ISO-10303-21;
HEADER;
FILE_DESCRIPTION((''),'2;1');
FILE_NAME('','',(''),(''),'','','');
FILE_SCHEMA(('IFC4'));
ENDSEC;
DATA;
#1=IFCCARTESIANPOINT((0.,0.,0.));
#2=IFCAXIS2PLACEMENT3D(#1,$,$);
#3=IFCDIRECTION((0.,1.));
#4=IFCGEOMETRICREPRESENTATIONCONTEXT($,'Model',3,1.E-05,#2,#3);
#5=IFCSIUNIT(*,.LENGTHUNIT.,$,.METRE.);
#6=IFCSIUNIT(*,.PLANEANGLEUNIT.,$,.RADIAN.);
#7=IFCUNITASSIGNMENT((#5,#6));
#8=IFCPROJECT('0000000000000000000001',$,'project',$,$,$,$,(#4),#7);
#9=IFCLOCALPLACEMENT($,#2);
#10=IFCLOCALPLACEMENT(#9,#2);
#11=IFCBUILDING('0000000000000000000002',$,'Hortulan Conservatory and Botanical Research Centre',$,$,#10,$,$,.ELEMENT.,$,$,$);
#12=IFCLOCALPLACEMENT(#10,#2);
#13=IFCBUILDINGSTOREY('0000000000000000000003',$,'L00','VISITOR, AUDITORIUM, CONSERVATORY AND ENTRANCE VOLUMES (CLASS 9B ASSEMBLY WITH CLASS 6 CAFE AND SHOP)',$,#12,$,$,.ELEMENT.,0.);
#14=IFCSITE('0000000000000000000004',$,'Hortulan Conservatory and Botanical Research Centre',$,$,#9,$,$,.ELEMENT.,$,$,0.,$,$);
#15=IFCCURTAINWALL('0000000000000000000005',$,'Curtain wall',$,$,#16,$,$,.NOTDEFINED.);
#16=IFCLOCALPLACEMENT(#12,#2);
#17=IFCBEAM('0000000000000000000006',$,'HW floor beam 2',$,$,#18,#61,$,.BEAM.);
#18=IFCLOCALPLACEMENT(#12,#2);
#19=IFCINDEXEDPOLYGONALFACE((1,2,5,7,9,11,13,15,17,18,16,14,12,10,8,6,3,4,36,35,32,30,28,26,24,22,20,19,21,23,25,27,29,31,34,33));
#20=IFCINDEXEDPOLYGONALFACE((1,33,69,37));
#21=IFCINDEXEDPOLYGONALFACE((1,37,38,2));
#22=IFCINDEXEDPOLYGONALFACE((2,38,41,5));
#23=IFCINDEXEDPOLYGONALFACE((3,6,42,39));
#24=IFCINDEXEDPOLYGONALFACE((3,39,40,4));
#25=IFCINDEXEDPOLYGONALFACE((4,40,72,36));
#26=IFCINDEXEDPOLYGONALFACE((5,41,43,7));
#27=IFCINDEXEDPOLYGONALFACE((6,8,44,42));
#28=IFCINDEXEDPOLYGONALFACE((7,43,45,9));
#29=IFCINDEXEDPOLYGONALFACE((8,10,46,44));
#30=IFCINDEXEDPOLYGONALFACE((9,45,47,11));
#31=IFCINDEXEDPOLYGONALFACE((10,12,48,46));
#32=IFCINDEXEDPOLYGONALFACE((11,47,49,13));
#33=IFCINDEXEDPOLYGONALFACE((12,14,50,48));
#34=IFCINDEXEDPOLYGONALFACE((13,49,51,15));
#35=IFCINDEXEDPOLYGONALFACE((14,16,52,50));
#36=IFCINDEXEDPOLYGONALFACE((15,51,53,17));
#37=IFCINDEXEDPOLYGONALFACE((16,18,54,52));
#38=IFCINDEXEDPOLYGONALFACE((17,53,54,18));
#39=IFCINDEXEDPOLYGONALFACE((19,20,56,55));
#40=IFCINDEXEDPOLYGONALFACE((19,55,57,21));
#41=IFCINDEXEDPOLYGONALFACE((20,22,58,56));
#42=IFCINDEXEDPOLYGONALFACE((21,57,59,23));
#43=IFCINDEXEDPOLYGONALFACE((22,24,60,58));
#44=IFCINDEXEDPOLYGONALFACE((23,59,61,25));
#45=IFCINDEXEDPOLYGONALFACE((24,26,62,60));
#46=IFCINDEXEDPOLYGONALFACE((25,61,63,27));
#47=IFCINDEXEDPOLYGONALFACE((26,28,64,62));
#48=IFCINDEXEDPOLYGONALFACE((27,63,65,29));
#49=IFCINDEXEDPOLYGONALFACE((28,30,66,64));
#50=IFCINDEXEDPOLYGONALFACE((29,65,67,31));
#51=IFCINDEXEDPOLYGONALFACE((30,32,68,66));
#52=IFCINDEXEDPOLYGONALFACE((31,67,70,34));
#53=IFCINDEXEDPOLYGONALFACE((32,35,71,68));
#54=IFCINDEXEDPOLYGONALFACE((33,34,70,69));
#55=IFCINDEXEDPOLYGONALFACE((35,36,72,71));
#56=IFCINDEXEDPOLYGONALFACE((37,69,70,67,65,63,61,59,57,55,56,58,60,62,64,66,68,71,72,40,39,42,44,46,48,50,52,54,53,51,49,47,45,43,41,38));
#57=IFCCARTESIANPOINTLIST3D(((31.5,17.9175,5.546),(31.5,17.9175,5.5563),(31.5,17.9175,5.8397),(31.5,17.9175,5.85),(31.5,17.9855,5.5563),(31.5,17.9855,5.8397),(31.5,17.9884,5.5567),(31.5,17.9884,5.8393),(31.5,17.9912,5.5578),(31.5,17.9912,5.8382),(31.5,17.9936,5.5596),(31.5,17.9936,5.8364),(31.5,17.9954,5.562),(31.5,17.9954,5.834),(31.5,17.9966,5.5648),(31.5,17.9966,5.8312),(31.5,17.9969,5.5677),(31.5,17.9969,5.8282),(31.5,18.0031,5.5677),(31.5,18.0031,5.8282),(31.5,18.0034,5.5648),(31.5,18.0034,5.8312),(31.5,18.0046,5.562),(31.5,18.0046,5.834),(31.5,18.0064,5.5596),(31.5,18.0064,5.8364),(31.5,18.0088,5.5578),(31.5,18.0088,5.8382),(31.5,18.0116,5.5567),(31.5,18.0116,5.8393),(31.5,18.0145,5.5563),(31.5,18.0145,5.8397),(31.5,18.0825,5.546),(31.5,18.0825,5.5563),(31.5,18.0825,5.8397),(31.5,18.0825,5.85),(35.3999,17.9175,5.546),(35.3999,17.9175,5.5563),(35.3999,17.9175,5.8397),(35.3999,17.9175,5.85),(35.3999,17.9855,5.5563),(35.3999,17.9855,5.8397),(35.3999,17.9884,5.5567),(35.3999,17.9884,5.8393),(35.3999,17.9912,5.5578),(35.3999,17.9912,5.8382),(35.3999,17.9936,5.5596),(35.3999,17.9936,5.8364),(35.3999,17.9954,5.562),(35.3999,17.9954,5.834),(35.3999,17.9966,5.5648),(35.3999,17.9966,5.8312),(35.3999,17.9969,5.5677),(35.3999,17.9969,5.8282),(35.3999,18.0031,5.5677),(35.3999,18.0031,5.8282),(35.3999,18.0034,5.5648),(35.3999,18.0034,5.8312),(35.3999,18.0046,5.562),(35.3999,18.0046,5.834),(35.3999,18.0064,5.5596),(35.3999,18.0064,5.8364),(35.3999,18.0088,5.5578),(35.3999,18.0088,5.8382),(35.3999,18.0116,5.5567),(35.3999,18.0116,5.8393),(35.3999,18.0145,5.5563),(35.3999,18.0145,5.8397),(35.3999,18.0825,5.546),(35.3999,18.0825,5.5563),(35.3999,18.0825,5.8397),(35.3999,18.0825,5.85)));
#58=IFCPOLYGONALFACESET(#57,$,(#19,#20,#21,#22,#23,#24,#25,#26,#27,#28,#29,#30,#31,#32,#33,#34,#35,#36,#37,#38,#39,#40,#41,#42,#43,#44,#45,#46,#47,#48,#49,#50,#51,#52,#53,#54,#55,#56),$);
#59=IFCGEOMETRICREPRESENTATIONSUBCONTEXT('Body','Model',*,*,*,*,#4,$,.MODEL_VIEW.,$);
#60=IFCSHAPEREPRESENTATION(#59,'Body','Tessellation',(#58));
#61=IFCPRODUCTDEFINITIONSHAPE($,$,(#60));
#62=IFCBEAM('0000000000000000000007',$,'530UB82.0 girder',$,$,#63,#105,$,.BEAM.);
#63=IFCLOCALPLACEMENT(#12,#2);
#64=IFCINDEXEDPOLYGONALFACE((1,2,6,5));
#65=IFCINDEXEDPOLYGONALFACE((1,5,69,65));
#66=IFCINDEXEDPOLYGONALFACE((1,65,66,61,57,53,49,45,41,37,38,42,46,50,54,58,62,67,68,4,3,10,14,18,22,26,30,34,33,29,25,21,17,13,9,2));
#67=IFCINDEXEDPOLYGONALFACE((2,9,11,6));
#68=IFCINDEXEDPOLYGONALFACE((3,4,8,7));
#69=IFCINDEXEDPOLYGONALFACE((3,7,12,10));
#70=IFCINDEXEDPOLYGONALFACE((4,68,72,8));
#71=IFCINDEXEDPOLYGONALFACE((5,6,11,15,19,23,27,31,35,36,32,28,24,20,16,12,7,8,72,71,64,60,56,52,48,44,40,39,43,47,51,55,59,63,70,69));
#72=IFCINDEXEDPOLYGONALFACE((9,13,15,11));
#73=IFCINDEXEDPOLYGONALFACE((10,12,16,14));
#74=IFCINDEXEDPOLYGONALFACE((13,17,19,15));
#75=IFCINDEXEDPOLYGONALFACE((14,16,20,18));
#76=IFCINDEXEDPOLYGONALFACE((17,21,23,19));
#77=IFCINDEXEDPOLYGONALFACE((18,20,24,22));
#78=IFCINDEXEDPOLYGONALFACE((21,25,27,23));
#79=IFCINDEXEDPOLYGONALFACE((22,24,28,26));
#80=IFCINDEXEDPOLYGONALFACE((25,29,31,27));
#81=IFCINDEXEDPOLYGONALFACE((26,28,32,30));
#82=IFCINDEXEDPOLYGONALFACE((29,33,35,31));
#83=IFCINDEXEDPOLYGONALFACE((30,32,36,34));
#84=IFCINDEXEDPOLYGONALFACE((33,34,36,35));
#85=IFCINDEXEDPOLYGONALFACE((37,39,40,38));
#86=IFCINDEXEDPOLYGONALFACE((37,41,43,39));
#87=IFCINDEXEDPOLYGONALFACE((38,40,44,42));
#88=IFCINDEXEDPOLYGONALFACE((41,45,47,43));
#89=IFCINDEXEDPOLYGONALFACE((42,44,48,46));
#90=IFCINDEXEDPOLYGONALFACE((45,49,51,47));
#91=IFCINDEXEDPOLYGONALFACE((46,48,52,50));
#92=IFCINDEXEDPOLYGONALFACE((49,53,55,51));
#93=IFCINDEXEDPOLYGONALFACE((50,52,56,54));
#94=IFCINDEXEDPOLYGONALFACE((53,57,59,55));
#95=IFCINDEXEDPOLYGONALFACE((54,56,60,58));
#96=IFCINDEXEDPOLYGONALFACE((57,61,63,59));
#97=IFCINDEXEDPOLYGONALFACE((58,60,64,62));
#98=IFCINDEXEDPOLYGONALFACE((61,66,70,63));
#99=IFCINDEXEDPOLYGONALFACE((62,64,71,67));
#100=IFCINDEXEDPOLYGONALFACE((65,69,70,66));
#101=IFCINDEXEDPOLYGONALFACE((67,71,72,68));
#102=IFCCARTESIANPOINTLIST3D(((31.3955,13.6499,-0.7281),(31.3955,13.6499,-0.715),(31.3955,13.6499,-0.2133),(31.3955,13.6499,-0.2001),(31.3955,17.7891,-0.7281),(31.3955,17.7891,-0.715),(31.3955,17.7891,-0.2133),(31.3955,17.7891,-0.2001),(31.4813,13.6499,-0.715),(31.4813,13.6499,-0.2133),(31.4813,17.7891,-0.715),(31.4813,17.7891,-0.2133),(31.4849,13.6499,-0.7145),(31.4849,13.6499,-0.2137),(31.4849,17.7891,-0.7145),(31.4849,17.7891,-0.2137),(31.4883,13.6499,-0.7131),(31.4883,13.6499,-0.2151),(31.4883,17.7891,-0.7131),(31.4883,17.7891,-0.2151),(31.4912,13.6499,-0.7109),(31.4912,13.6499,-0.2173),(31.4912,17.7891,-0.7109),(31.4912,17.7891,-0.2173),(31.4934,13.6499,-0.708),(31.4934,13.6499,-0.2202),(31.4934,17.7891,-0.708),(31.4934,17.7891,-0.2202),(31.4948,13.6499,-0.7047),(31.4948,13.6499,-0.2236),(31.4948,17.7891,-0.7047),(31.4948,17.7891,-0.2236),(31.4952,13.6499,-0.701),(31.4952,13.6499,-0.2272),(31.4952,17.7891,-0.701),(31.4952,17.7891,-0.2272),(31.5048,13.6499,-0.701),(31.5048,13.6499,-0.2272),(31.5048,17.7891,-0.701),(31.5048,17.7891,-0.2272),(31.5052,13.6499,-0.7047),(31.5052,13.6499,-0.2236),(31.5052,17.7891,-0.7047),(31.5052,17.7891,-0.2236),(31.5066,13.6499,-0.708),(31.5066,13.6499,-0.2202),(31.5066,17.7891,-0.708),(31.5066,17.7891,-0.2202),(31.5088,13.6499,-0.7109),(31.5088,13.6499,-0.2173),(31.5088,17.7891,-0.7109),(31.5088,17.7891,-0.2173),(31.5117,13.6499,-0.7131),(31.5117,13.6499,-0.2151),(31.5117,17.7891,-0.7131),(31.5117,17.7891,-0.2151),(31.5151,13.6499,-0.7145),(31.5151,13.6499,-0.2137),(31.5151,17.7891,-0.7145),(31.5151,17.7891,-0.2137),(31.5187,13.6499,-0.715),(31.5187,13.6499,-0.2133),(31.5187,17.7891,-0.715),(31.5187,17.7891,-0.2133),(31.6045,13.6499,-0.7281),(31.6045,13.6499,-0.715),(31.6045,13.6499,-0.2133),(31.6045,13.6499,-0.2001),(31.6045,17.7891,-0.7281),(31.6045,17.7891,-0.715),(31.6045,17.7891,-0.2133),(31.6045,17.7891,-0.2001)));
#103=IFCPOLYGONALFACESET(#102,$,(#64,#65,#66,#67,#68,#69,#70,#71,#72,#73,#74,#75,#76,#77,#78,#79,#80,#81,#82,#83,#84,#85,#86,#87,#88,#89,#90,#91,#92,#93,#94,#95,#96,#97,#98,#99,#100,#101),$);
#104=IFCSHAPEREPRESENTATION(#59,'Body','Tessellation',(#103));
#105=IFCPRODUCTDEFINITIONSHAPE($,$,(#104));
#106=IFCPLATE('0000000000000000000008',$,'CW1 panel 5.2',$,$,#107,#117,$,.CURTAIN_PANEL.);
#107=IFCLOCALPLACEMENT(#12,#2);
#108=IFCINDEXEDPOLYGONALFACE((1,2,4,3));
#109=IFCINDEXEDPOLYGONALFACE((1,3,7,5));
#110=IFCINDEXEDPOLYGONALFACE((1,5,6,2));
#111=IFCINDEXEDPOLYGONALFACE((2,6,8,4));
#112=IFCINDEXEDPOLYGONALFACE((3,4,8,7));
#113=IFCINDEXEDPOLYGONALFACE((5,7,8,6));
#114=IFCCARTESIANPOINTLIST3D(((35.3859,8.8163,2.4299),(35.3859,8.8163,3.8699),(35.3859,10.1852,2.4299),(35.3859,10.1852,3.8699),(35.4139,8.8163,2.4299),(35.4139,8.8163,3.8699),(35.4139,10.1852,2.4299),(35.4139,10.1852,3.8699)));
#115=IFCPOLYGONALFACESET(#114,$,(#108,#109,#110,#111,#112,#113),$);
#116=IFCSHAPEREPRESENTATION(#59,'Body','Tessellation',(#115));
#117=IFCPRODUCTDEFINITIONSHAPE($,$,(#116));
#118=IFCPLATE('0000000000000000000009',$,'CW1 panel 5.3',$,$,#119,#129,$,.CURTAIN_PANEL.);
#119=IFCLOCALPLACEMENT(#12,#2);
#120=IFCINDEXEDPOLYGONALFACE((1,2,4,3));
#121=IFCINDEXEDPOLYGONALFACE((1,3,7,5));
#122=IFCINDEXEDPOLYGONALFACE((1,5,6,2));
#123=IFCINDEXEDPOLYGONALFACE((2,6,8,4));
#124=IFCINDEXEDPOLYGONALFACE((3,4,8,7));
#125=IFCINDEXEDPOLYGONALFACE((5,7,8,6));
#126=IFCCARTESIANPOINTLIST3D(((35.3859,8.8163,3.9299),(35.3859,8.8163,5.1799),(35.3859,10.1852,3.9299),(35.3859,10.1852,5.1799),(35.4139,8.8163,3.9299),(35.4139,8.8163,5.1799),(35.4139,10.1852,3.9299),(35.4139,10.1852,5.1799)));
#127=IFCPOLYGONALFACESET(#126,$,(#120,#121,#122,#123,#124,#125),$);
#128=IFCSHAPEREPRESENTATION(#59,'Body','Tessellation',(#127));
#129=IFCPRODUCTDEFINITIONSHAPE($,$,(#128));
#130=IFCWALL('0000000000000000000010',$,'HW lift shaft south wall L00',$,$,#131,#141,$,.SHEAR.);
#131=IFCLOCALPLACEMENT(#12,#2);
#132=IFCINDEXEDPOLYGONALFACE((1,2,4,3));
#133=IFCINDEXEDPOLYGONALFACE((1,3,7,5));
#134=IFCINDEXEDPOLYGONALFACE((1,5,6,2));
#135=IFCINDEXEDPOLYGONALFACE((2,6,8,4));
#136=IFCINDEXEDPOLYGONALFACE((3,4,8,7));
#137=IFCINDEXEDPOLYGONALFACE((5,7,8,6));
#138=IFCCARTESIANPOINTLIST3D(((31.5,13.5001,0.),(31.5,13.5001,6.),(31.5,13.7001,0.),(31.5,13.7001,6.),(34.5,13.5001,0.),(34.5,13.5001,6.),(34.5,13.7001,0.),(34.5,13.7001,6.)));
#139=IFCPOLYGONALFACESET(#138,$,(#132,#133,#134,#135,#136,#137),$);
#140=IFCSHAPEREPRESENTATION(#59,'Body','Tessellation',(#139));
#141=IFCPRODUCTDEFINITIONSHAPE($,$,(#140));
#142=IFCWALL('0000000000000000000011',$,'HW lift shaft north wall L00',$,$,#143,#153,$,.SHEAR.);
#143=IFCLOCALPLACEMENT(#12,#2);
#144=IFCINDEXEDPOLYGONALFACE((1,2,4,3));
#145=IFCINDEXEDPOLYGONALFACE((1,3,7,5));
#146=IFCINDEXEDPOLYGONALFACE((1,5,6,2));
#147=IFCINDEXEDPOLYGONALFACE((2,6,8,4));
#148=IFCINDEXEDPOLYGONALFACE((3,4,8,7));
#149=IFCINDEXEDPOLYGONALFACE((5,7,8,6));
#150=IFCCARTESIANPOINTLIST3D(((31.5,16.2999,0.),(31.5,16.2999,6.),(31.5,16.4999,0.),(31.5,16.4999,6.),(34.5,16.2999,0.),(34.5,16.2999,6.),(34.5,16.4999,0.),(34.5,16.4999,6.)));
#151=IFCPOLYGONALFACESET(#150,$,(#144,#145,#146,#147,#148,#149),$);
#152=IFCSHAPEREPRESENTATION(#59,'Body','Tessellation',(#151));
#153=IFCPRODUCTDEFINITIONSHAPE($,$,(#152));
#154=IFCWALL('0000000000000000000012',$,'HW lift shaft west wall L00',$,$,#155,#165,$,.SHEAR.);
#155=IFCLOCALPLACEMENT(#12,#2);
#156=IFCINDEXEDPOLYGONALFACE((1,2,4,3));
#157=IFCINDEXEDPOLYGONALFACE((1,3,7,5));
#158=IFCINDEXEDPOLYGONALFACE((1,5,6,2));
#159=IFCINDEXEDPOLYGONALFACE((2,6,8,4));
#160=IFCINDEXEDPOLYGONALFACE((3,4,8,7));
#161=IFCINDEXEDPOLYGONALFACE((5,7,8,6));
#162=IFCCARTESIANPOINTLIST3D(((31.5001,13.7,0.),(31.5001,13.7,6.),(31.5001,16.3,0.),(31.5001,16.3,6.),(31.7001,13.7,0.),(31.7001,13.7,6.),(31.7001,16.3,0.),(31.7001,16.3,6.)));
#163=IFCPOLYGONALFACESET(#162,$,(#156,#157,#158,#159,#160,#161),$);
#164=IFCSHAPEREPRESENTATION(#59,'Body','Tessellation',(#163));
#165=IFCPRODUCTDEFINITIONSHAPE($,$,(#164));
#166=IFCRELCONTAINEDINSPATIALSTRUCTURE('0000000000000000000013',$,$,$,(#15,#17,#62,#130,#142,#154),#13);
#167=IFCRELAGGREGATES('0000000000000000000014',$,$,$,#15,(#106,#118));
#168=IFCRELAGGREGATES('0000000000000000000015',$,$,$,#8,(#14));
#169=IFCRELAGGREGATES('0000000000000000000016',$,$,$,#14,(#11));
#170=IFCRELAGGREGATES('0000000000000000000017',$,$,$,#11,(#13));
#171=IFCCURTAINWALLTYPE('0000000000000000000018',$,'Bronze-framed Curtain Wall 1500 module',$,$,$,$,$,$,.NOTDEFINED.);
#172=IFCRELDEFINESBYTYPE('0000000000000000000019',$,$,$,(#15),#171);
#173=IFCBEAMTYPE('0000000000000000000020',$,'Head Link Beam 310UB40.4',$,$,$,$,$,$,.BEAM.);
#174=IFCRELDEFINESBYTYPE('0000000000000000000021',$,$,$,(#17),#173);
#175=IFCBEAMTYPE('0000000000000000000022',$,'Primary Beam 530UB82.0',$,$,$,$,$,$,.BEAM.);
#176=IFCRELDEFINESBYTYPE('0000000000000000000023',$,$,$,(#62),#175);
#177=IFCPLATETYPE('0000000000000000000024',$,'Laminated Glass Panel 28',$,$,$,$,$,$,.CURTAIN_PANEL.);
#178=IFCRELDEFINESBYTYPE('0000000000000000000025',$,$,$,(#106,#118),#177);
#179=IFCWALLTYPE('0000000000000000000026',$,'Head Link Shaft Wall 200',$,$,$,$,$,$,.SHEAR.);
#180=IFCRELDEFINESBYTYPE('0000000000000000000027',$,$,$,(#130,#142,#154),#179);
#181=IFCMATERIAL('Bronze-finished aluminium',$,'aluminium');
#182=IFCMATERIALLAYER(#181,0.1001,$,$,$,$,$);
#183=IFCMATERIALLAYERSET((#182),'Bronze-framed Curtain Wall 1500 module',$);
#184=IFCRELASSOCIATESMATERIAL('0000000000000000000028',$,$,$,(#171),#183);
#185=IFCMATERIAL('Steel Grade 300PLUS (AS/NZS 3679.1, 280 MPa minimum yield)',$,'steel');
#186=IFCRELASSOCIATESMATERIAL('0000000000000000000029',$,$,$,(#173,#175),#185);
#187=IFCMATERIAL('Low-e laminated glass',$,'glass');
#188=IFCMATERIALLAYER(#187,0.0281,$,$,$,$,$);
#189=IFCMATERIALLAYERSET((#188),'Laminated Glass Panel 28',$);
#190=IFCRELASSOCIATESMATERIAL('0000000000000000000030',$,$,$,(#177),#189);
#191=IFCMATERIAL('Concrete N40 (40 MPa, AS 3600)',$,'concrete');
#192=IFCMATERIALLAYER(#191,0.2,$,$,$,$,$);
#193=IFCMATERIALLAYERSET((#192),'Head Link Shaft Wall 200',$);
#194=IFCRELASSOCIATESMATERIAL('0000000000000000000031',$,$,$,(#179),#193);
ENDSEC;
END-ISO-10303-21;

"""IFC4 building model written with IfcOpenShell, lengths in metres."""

from ifc_helpers import new_model, si_unit, direction, frame, frame_2d, origin, origin_2d, place, context, subcontext, project, spatial, rectangle, i_section, extrude, material, layer, layer_set, material_profile, profile_set, type_object, element, aggregate, save


model = new_model("IFC4")

# Units and contexts
model_context = context("Model", 3, precision=1e-05, world=origin(), true_north=direction((0.0, 1.0)))
body_context = subcontext(model_context, "Body", "Model", "MODEL_VIEW")
ifc_project = project(units=[si_unit("LENGTHUNIT", "METRE"), si_unit("PLANEANGLEUNIT", "RADIAN")], contexts=[model_context])

# Site, building, storey
site_placement = place(None, origin())
site = spatial("IfcSite", under=ifc_project, at=site_placement, Name="Hortulan Conservatory and Botanical Research Centre", CompositionType="ELEMENT", RefElevation=0.0)
building_placement = place(site_placement, origin())
building = spatial("IfcBuilding", under=site, at=building_placement, Name="Hortulan Conservatory and Botanical Research Centre", CompositionType="ELEMENT")
storey_placement = place(building_placement, origin())
storey = spatial("IfcBuildingStorey", under=building, at=storey_placement, Name="L00", Description="VISITOR, AUDITORIUM, CONSERVATORY AND ENTRANCE VOLUMES (CLASS 9B ASSEMBLY WITH CLASS 6 CAFE AND SHOP)", CompositionType="ELEMENT", Elevation=0.0)

# Shared definitions
ifc_material_1 = material(Name="Concrete N40 (40 MPa, AS 3600)", Category="concrete")

# Curtain wall
ifc_material_2 = material(Name="Bronze-finished aluminium", Category="aluminium")
ifc_layer_1 = layer(ifc_material_2, 0.1001)
ifc_layer_set_1 = layer_set([ifc_layer_1], Name="Bronze-framed Curtain Wall 1500 module")
curtain_wall_type = type_object("IfcCurtainWallType", Name="Bronze-framed Curtain Wall 1500 module", PredefinedType="NOTDEFINED", material=ifc_layer_set_1)
curtain_wall_placement = place(storey_placement, origin())
curtain_wall = element("IfcCurtainWall", 1, at=curtain_wall_placement, inside=storey, type_object=curtain_wall_type, Name="Curtain wall", PredefinedType="NOTDEFINED")

# Beams
ifc_material_3 = material(Name="Steel Grade 300PLUS (AS/NZS 3679.1, 280 MPa minimum yield)", Category="steel")
ifc_material_profile_1 = material_profile(ifc_material_3, i_section(OverallWidth=0.165, OverallDepth=0.304, WebThickness=0.0061, FlangeThickness=0.0103, FilletRadius=0.0115, at=origin_2d()), Name="310UB40.4")
ifc_profile_set_1 = profile_set([ifc_material_profile_1], Name="Steel Grade 300PLUS (AS/NZS 3679.1, 280 MPa minimum yield)")
beam_type_1 = type_object("IfcBeamType", Name="Head Link Beam 310UB40.4", PredefinedType="BEAM", material=ifc_profile_set_1)
beam_1_placement = place(storey_placement, frame((31.5, 18.0, 5.698), z_axis=(1.0, 0.0, 0.0), x_axis=(0.0, 1.0, 0.0)))
element("IfcBeam", 2, at=beam_1_placement, inside=storey, type_object=beam_type_1, Name="HW floor beam 2", PredefinedType="BEAM", context=body_context, shape_type="SweptSolid", body=[
    extrude(i_section(OverallWidth=0.165, OverallDepth=0.304, WebThickness=0.0061, FlangeThickness=0.0103, FilletRadius=0.0115, at=origin_2d()), origin(), (0.0, 0.0, 1.0), 3.8999),
])
ifc_material_profile_2 = material_profile(ifc_material_3, i_section(OverallWidth=0.209, OverallDepth=0.5281, WebThickness=0.0095, FlangeThickness=0.0132, FilletRadius=0.0139, at=origin_2d()), Name="530UB82.0")
ifc_profile_set_2 = profile_set([ifc_material_profile_2], Name="Steel Grade 300PLUS (AS/NZS 3679.1, 280 MPa minimum yield)")
beam_type_2 = type_object("IfcBeamType", Name="Primary Beam 530UB82.0", PredefinedType="BEAM", material=ifc_profile_set_2)
beam_2_placement = place(storey_placement, frame((31.5, 13.6499, -0.4641), z_axis=(0.0, 1.0, 0.0), x_axis=(-1.0, 0.0, 0.0)))
element("IfcBeam", 3, at=beam_2_placement, inside=storey, type_object=beam_type_2, Name="530UB82.0 girder", PredefinedType="BEAM", context=body_context, shape_type="SweptSolid", body=[
    extrude(i_section(OverallWidth=0.209, OverallDepth=0.5281, WebThickness=0.0095, FlangeThickness=0.0132, FilletRadius=0.0139, at=origin_2d()), origin(), (0.0, 0.0, 1.0), 4.1392),
])

# Plates
ifc_material_4 = material(Name="Low-e laminated glass", Category="glass")
ifc_layer_2 = layer(ifc_material_4, 0.0281)
ifc_layer_set_2 = layer_set([ifc_layer_2], Name="Laminated Glass Panel 28")
plate_type = type_object("IfcPlateType", Name="Laminated Glass Panel 28", PredefinedType="CURTAIN_PANEL", material=ifc_layer_set_2)
plate_1_placement = place(storey_placement, frame((35.3999, 9.5007, 2.4299), z_axis=(0.0, 0.0, 1.0), x_axis=(0.0, -1.0, 0.0)))
plate_1 = element("IfcPlate", 4, at=plate_1_placement, type_object=plate_type, Name="CW1 panel 5.2", PredefinedType="CURTAIN_PANEL", context=body_context, shape_type="SweptSolid", body=[
    extrude(rectangle(XDim=1.3689, YDim=0.0281, at=origin_2d()), origin(), (0.0, 0.0, 1.0), 1.4399),
])
plate_2_placement = place(storey_placement, frame((35.3999, 9.5007, 3.9299), z_axis=(0.0, 0.0, 1.0), x_axis=(0.0, -1.0, 0.0)))
plate_2 = element("IfcPlate", 5, at=plate_2_placement, type_object=plate_type, Name="CW1 panel 5.3", PredefinedType="CURTAIN_PANEL", context=body_context, shape_type="SweptSolid", body=[
    extrude(rectangle(XDim=1.3689, YDim=0.0281, at=origin_2d()), origin(), (0.0, 0.0, 1.0), 1.25),
])
aggregate(curtain_wall, [plate_1, plate_2])

# Walls
ifc_layer_3 = layer(ifc_material_1, 0.2)
ifc_layer_set_3 = layer_set([ifc_layer_3], Name="Head Link Shaft Wall 200")
wall_type_1 = type_object("IfcWallType", Name="Head Link Shaft Wall 200", PredefinedType="SHEAR", material=ifc_layer_set_3)
for number, where, z_axis, x_axis, name in (
    (6, (31.5, 13.6001, 0.0), (0.0, 0.0, 1.0), (1.0, 0.0, 0.0), "HW lift shaft south wall L00"),
    (7, (31.5, 16.3999, 0.0), (0.0, 0.0, 1.0), (1.0, 0.0, 0.0), "HW lift shaft north wall L00"),
):
    element("IfcWall", number, at=place(storey_placement, frame(where, z_axis=z_axis, x_axis=x_axis)), inside=storey, type_object=wall_type_1, Name=name, PredefinedType="SHEAR", context=body_context, shape_type="SweptSolid", body=[
        extrude(rectangle(XDim=3.0, YDim=0.2, at=frame_2d((1.5, 0.0))), origin(), (0.0, 0.0, 1.0), 6.0),
    ])
wall_1_placement = place(storey_placement, frame((31.6001, 13.7, 0.0), z_axis=(0.0, 0.0, 1.0), x_axis=(0.0, 1.0, 0.0)))
element("IfcWall", 8, at=wall_1_placement, inside=storey, type_object=wall_type_1, Name="HW lift shaft west wall L00", PredefinedType="SHEAR", context=body_context, shape_type="SweptSolid", body=[
    extrude(rectangle(XDim=2.6001, YDim=0.2, at=frame_2d((1.3, 0.0))), origin(), (0.0, 0.0, 1.0), 6.0),
])

save(model, "model.ifc")
